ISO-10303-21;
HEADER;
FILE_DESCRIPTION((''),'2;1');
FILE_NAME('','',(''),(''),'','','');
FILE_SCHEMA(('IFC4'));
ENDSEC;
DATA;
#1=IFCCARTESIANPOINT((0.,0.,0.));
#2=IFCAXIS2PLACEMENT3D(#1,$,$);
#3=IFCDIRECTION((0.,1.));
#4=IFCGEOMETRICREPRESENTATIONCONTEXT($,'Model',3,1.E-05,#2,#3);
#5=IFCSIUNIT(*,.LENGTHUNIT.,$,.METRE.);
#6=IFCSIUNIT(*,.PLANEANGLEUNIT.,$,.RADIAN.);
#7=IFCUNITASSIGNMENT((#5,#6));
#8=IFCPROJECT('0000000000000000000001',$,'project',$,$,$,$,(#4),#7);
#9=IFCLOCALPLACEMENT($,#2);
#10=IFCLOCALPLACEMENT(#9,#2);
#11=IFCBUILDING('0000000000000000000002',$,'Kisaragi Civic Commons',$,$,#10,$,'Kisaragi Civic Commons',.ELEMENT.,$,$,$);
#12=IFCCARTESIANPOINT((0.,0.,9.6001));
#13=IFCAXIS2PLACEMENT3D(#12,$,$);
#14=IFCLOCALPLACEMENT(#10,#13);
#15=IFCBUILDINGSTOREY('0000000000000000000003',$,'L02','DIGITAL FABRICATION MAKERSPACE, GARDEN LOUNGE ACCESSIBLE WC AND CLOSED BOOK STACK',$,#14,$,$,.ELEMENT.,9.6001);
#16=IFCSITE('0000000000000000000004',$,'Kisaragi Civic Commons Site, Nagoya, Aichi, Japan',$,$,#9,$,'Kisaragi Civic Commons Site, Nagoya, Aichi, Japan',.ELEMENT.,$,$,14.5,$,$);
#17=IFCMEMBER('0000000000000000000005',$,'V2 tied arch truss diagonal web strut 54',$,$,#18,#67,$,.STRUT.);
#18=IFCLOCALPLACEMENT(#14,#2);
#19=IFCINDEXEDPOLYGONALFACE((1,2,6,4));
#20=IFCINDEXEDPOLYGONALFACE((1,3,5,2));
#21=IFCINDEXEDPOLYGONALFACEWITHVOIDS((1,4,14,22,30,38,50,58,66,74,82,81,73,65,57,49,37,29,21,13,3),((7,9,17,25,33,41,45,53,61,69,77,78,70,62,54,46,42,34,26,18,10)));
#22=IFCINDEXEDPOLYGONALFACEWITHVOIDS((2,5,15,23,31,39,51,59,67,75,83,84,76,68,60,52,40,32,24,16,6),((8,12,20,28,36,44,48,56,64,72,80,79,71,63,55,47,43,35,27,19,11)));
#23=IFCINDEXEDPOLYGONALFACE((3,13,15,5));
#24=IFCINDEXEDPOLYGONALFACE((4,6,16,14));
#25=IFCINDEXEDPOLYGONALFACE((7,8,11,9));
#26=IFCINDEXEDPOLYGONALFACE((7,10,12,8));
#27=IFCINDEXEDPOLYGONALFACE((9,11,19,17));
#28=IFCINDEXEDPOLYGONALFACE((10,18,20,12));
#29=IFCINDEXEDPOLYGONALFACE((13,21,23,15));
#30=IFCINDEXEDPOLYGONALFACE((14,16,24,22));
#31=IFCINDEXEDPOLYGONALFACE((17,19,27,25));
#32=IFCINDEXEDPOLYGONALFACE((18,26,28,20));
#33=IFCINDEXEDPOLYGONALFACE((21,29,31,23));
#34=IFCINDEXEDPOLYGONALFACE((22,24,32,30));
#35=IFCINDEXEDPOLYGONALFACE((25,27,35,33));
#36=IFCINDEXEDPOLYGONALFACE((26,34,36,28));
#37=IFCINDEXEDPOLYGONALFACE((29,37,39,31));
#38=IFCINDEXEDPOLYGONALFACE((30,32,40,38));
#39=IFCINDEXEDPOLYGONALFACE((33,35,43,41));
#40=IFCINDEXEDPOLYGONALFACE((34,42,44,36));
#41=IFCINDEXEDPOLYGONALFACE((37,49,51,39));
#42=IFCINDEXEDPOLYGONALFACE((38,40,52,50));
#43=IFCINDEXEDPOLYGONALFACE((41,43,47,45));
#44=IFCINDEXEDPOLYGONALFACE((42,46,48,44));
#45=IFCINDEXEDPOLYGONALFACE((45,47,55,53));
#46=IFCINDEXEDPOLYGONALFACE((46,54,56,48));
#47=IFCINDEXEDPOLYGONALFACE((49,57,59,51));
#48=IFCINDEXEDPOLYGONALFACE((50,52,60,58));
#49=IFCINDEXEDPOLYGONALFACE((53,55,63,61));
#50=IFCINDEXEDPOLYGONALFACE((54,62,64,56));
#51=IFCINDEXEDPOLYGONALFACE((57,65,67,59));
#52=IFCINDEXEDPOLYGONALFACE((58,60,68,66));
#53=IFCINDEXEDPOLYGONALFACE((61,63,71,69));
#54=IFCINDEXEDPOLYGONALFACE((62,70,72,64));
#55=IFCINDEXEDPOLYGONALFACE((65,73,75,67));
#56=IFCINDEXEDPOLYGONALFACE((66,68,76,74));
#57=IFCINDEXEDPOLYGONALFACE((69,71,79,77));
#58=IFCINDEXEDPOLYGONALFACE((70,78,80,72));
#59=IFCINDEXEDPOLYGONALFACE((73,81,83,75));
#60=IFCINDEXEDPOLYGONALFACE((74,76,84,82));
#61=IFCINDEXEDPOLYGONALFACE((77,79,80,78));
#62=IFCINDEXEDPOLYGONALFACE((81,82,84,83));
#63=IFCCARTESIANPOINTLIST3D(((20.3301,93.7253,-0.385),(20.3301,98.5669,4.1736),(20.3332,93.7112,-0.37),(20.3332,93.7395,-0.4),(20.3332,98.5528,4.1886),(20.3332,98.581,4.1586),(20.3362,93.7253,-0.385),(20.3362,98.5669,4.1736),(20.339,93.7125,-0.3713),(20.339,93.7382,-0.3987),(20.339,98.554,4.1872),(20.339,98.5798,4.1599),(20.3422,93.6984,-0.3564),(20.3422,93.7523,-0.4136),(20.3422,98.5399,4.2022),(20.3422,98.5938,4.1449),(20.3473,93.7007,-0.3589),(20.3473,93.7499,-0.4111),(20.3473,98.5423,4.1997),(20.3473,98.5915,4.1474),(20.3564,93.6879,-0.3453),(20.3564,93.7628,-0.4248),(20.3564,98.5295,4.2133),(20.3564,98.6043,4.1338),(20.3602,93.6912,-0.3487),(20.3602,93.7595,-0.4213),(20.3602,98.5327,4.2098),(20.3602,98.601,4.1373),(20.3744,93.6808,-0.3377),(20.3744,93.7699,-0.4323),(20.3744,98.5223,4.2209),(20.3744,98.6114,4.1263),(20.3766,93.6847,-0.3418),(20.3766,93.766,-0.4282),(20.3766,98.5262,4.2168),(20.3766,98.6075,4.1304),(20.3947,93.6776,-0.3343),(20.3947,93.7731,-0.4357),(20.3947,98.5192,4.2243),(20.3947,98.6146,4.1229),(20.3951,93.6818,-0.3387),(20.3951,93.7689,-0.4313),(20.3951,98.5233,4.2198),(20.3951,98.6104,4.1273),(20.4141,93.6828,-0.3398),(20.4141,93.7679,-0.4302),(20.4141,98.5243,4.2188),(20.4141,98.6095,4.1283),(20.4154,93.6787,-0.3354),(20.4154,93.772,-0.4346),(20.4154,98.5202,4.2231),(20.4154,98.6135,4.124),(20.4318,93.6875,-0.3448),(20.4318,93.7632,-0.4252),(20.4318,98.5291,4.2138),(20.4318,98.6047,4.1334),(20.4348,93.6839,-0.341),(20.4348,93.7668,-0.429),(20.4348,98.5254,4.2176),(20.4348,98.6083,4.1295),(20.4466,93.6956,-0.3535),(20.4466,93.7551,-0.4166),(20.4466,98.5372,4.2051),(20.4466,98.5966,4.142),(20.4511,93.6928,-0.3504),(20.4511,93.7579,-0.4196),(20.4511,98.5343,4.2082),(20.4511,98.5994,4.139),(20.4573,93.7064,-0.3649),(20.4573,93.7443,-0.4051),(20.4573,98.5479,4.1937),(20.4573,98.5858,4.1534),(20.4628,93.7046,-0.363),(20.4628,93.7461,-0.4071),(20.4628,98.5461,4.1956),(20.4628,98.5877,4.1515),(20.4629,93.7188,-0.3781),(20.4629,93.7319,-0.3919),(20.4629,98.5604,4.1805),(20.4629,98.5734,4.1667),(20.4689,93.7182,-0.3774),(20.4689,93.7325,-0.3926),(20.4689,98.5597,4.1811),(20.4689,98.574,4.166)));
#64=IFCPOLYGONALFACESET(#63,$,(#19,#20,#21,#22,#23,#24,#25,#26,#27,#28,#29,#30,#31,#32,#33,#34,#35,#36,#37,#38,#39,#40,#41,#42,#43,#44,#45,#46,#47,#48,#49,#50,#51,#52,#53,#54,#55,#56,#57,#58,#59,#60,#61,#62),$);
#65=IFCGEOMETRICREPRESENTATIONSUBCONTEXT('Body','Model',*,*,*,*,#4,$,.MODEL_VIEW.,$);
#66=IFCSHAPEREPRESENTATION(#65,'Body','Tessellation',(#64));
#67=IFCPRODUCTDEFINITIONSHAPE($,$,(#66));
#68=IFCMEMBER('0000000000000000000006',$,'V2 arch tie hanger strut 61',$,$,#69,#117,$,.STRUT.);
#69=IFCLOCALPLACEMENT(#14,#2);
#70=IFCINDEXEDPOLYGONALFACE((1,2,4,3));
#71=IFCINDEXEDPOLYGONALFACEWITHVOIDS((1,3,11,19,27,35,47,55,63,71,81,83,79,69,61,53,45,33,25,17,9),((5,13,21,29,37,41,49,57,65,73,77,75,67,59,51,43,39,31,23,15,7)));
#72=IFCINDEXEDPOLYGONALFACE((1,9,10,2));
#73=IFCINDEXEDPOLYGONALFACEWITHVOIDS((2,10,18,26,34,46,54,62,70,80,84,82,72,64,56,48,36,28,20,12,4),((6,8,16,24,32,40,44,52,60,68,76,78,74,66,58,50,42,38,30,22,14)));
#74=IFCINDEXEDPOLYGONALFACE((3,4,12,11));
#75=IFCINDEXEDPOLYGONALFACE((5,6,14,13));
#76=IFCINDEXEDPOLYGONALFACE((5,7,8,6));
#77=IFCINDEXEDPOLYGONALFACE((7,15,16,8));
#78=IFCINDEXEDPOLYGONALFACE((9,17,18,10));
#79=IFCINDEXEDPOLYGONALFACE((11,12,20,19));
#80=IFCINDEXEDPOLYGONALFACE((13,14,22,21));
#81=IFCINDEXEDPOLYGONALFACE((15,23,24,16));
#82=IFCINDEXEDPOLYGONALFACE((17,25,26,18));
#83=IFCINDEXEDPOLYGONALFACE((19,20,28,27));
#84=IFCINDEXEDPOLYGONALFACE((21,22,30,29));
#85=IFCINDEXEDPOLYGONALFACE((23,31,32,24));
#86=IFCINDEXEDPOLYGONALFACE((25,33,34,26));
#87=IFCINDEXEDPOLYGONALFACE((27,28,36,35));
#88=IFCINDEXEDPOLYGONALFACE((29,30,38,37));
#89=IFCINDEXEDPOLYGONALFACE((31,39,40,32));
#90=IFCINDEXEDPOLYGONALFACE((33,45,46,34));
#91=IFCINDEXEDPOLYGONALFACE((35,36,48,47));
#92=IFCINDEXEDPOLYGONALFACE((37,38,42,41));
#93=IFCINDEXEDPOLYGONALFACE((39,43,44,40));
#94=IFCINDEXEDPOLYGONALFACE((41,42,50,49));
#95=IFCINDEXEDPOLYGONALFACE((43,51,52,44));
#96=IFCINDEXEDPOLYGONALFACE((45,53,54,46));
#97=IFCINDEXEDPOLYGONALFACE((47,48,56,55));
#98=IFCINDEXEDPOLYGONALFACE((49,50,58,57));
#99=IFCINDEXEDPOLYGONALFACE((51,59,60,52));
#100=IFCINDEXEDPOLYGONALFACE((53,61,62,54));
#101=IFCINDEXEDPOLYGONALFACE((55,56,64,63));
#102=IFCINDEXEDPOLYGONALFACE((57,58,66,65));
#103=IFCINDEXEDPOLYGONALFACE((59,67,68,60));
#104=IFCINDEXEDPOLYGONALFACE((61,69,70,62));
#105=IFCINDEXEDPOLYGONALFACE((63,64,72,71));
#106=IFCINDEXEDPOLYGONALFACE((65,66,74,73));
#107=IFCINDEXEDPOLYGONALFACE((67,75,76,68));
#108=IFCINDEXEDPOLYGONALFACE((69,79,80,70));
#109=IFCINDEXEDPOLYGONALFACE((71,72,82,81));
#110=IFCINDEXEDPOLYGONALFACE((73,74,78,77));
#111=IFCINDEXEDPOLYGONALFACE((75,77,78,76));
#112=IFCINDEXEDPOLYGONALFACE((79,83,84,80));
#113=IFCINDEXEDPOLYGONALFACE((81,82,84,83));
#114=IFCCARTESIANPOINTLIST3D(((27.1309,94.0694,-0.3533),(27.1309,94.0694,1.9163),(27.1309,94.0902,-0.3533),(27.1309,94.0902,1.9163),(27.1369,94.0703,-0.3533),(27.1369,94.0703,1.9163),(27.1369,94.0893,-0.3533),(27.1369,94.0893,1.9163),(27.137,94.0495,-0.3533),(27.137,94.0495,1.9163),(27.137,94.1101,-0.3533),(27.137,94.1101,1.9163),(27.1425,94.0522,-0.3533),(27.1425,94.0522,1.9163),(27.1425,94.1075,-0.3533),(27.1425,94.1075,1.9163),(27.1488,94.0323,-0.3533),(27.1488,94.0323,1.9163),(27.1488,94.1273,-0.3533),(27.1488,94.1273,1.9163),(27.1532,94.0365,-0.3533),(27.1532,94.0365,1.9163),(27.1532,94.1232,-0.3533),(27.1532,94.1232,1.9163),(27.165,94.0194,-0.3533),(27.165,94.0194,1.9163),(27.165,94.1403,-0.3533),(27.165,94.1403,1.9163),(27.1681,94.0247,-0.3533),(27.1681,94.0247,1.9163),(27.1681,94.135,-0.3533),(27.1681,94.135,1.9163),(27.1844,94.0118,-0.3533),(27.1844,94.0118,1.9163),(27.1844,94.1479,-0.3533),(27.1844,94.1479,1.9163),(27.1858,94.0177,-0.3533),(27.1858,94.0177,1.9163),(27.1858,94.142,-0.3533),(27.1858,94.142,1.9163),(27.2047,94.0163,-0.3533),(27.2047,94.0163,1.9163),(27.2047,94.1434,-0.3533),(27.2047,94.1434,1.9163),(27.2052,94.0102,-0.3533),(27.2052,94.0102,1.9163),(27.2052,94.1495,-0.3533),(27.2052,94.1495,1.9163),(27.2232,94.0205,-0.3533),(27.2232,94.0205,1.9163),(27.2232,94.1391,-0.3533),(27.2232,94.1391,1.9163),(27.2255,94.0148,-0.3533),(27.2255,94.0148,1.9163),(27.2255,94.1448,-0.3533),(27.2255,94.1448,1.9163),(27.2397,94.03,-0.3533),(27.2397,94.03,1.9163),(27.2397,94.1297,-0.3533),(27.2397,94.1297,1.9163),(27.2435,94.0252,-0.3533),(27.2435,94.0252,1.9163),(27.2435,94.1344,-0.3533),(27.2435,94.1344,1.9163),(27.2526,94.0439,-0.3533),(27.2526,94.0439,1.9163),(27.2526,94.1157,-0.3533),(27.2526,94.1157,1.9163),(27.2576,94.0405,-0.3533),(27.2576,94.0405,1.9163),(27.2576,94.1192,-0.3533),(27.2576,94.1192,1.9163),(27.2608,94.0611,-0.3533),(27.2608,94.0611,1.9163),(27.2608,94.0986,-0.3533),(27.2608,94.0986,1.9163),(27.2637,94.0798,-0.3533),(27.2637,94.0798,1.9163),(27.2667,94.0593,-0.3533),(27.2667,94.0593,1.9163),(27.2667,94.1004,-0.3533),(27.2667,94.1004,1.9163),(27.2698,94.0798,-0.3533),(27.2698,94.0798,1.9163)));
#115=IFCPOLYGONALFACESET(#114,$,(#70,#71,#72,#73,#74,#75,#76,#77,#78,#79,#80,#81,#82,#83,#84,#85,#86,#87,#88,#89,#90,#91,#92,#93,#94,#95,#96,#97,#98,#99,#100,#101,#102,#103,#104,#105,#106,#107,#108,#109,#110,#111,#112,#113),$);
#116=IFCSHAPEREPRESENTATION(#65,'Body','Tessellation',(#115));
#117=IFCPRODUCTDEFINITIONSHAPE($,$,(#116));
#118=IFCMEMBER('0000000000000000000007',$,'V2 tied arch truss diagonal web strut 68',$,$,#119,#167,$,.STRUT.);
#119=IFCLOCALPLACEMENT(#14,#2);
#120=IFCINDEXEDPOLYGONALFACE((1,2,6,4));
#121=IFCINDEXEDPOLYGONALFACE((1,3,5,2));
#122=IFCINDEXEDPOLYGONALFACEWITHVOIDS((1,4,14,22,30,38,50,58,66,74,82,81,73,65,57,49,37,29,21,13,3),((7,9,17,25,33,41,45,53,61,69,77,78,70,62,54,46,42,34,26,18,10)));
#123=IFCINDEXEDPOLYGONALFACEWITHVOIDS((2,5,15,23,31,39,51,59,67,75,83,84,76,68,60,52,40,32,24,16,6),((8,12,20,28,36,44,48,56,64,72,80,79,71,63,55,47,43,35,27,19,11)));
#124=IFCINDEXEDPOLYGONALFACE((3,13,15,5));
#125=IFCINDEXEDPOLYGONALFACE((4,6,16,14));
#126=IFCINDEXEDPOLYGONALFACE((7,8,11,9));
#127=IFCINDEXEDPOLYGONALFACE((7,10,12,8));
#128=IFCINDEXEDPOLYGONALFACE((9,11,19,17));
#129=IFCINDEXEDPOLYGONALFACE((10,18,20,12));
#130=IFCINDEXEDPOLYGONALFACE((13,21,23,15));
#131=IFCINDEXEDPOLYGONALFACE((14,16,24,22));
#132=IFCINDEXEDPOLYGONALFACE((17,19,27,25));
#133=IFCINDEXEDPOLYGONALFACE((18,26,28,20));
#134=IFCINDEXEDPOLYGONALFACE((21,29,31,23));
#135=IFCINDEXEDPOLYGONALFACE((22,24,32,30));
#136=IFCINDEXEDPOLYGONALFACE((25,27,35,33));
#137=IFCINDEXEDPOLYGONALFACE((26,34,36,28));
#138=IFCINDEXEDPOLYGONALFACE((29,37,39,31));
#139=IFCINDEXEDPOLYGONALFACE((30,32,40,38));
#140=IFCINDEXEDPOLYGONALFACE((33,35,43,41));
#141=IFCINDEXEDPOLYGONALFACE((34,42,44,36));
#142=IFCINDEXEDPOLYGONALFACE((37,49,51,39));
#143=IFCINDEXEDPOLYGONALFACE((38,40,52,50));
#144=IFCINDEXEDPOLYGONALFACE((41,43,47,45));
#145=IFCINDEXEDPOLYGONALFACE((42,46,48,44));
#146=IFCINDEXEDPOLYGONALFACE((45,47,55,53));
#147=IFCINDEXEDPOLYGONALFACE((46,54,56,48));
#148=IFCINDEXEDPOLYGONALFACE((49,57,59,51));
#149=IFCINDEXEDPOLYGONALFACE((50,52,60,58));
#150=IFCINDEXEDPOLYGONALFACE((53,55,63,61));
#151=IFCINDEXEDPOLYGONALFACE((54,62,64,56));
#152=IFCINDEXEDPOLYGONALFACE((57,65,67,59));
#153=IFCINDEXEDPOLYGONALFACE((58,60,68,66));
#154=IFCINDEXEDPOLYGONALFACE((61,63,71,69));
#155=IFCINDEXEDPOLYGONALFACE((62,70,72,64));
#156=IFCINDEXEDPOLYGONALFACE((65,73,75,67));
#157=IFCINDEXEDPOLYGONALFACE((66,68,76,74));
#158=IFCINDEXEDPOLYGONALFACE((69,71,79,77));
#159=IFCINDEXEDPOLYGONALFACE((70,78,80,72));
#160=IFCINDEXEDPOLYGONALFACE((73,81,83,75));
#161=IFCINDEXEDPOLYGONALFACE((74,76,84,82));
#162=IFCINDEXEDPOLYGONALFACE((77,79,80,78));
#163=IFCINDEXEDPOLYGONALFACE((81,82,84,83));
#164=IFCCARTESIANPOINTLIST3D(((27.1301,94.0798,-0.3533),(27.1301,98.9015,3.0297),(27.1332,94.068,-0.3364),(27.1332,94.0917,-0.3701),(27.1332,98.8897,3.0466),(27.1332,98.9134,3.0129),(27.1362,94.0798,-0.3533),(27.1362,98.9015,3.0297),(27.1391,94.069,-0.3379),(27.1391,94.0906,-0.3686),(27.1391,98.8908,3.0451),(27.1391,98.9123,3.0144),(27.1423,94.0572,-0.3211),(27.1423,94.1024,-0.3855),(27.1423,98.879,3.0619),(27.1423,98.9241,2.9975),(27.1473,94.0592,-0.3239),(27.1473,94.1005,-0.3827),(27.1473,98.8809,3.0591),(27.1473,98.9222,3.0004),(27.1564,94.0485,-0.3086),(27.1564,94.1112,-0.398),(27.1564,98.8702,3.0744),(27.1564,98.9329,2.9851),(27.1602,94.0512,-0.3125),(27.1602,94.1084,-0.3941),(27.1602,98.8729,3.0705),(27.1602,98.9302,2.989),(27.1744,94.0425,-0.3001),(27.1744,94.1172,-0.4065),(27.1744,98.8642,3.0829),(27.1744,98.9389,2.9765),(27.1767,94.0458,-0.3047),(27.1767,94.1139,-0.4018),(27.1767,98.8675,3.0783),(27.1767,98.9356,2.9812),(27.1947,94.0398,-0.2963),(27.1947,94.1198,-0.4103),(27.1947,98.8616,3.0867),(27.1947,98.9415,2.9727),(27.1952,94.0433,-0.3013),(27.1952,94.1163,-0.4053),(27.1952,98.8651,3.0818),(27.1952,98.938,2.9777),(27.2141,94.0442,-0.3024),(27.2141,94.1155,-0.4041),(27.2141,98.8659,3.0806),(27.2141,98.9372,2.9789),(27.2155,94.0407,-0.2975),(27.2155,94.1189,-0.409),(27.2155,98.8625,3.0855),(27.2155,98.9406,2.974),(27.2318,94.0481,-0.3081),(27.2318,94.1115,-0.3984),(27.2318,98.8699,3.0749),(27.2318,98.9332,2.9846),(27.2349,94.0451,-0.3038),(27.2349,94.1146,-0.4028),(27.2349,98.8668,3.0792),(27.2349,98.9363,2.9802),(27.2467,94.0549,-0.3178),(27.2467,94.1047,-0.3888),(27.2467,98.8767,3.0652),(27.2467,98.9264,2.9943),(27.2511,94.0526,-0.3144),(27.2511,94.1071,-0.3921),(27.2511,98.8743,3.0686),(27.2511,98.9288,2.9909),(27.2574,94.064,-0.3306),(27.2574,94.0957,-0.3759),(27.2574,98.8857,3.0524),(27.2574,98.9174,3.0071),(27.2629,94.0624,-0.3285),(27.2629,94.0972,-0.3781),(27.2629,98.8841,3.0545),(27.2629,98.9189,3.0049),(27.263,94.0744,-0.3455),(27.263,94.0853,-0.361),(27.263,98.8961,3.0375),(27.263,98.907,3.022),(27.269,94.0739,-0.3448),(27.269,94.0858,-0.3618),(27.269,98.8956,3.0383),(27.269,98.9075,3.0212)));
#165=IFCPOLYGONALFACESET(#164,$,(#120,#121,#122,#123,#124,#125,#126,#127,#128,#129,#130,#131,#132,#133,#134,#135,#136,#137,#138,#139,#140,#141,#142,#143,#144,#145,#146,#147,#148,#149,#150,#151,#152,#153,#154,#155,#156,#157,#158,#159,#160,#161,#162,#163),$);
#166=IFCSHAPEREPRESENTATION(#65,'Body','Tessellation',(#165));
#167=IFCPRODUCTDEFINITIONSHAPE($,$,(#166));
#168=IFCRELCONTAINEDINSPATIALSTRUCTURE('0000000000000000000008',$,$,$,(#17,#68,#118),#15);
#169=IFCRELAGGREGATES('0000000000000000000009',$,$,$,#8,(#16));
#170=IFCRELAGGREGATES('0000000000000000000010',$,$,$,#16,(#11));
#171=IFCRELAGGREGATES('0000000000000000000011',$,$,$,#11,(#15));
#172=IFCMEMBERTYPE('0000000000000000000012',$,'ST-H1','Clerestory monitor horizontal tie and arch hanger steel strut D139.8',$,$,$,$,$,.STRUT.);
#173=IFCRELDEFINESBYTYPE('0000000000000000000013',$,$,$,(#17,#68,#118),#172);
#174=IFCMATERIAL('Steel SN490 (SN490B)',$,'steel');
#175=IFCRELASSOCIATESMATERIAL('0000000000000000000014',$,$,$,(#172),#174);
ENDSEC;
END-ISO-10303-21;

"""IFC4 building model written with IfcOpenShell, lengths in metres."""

from ifc_helpers import new_model, si_unit, direction, frame, origin, origin_2d, place, context, subcontext, project, spatial, hollow_circle, extrude, material, material_profile, profile_set, type_object, element, save


model = new_model("IFC4")

# Units and contexts
model_context = context("Model", 3, precision=1e-05, world=origin(), true_north=direction((0.0, 1.0)))
body_context = subcontext(model_context, "Body", "Model", "MODEL_VIEW")
ifc_project = project(units=[si_unit("LENGTHUNIT", "METRE"), si_unit("PLANEANGLEUNIT", "RADIAN")], contexts=[model_context])

# Site, building, storey
site_placement = place(None, origin())
site = spatial("IfcSite", under=ifc_project, at=site_placement, Name="Kisaragi Civic Commons Site, Nagoya, Aichi, Japan", LongName="Kisaragi Civic Commons Site, Nagoya, Aichi, Japan", CompositionType="ELEMENT", RefElevation=14.5)
building_placement = place(site_placement, origin())
building = spatial("IfcBuilding", under=site, at=building_placement, Name="Kisaragi Civic Commons", LongName="Kisaragi Civic Commons", CompositionType="ELEMENT")
storey_placement = place(building_placement, frame((0.0, 0.0, 9.6001)))
storey = spatial("IfcBuildingStorey", under=building, at=storey_placement, Name="L02", Description="DIGITAL FABRICATION MAKERSPACE, GARDEN LOUNGE ACCESSIBLE WC AND CLOSED BOOK STACK", CompositionType="ELEMENT", Elevation=9.6001)

# Members
ifc_material_1 = material(Name="Steel SN490 (SN490B)", Category="steel")
ifc_material_profile_1 = material_profile(ifc_material_1, hollow_circle(Radius=0.0698, WallThickness=0.0061, at=origin_2d()), Name="CHS-139.8x6.0", Category="steel")
ifc_profile_set_1 = profile_set([ifc_material_profile_1], Name="Steel SN490 (SN490B)")
member_type_1 = type_object("IfcMemberType", Name="ST-H1", Description="Clerestory monitor horizontal tie and arch hanger steel strut D139.8", PredefinedType="STRUT", material=ifc_profile_set_1)
member_1_placement = place(storey_placement, frame((20.3999, 93.7253, -0.385), z_axis=(0.0, 0.728062, 0.685511), x_axis=(-1.0, 0.0, 0.0)))
element("IfcMember", 1, at=member_1_placement, inside=storey, type_object=member_type_1, Name="V2 tied arch truss diagonal web strut 54", PredefinedType="STRUT", context=body_context, shape_type="SweptSolid", body=[
    extrude(hollow_circle(Radius=0.0698, WallThickness=0.0061, at=origin_2d()), origin(), (0.0, 0.0, 1.0), 6.6499),
])
member_2_placement = place(storey_placement, frame((27.2, 94.0798, -0.3533), z_axis=(0.0, 0.0, 1.0), x_axis=(1.0, 0.0, 0.0)))
element("IfcMember", 2, at=member_2_placement, inside=storey, type_object=member_type_1, Name="V2 arch tie hanger strut 61", PredefinedType="STRUT", context=body_context, shape_type="SweptSolid", body=[
    extrude(hollow_circle(Radius=0.0698, WallThickness=0.0061, at=origin_2d()), origin(), (0.0, 0.0, 1.0), 2.2695),
])
member_3_placement = place(storey_placement, frame((27.2, 94.0798, -0.3533), z_axis=(0.0, 0.818608, 0.574352), x_axis=(-1.0, 0.0, 0.0)))
element("IfcMember", 3, at=member_3_placement, inside=storey, type_object=member_type_1, Name="V2 tied arch truss diagonal web strut 68", PredefinedType="STRUT", context=body_context, shape_type="SweptSolid", body=[
    extrude(hollow_circle(Radius=0.0698, WallThickness=0.0061, at=origin_2d()), origin(), (0.0, 0.0, 1.0), 5.8901),
])

save(model, "model.ifc")
